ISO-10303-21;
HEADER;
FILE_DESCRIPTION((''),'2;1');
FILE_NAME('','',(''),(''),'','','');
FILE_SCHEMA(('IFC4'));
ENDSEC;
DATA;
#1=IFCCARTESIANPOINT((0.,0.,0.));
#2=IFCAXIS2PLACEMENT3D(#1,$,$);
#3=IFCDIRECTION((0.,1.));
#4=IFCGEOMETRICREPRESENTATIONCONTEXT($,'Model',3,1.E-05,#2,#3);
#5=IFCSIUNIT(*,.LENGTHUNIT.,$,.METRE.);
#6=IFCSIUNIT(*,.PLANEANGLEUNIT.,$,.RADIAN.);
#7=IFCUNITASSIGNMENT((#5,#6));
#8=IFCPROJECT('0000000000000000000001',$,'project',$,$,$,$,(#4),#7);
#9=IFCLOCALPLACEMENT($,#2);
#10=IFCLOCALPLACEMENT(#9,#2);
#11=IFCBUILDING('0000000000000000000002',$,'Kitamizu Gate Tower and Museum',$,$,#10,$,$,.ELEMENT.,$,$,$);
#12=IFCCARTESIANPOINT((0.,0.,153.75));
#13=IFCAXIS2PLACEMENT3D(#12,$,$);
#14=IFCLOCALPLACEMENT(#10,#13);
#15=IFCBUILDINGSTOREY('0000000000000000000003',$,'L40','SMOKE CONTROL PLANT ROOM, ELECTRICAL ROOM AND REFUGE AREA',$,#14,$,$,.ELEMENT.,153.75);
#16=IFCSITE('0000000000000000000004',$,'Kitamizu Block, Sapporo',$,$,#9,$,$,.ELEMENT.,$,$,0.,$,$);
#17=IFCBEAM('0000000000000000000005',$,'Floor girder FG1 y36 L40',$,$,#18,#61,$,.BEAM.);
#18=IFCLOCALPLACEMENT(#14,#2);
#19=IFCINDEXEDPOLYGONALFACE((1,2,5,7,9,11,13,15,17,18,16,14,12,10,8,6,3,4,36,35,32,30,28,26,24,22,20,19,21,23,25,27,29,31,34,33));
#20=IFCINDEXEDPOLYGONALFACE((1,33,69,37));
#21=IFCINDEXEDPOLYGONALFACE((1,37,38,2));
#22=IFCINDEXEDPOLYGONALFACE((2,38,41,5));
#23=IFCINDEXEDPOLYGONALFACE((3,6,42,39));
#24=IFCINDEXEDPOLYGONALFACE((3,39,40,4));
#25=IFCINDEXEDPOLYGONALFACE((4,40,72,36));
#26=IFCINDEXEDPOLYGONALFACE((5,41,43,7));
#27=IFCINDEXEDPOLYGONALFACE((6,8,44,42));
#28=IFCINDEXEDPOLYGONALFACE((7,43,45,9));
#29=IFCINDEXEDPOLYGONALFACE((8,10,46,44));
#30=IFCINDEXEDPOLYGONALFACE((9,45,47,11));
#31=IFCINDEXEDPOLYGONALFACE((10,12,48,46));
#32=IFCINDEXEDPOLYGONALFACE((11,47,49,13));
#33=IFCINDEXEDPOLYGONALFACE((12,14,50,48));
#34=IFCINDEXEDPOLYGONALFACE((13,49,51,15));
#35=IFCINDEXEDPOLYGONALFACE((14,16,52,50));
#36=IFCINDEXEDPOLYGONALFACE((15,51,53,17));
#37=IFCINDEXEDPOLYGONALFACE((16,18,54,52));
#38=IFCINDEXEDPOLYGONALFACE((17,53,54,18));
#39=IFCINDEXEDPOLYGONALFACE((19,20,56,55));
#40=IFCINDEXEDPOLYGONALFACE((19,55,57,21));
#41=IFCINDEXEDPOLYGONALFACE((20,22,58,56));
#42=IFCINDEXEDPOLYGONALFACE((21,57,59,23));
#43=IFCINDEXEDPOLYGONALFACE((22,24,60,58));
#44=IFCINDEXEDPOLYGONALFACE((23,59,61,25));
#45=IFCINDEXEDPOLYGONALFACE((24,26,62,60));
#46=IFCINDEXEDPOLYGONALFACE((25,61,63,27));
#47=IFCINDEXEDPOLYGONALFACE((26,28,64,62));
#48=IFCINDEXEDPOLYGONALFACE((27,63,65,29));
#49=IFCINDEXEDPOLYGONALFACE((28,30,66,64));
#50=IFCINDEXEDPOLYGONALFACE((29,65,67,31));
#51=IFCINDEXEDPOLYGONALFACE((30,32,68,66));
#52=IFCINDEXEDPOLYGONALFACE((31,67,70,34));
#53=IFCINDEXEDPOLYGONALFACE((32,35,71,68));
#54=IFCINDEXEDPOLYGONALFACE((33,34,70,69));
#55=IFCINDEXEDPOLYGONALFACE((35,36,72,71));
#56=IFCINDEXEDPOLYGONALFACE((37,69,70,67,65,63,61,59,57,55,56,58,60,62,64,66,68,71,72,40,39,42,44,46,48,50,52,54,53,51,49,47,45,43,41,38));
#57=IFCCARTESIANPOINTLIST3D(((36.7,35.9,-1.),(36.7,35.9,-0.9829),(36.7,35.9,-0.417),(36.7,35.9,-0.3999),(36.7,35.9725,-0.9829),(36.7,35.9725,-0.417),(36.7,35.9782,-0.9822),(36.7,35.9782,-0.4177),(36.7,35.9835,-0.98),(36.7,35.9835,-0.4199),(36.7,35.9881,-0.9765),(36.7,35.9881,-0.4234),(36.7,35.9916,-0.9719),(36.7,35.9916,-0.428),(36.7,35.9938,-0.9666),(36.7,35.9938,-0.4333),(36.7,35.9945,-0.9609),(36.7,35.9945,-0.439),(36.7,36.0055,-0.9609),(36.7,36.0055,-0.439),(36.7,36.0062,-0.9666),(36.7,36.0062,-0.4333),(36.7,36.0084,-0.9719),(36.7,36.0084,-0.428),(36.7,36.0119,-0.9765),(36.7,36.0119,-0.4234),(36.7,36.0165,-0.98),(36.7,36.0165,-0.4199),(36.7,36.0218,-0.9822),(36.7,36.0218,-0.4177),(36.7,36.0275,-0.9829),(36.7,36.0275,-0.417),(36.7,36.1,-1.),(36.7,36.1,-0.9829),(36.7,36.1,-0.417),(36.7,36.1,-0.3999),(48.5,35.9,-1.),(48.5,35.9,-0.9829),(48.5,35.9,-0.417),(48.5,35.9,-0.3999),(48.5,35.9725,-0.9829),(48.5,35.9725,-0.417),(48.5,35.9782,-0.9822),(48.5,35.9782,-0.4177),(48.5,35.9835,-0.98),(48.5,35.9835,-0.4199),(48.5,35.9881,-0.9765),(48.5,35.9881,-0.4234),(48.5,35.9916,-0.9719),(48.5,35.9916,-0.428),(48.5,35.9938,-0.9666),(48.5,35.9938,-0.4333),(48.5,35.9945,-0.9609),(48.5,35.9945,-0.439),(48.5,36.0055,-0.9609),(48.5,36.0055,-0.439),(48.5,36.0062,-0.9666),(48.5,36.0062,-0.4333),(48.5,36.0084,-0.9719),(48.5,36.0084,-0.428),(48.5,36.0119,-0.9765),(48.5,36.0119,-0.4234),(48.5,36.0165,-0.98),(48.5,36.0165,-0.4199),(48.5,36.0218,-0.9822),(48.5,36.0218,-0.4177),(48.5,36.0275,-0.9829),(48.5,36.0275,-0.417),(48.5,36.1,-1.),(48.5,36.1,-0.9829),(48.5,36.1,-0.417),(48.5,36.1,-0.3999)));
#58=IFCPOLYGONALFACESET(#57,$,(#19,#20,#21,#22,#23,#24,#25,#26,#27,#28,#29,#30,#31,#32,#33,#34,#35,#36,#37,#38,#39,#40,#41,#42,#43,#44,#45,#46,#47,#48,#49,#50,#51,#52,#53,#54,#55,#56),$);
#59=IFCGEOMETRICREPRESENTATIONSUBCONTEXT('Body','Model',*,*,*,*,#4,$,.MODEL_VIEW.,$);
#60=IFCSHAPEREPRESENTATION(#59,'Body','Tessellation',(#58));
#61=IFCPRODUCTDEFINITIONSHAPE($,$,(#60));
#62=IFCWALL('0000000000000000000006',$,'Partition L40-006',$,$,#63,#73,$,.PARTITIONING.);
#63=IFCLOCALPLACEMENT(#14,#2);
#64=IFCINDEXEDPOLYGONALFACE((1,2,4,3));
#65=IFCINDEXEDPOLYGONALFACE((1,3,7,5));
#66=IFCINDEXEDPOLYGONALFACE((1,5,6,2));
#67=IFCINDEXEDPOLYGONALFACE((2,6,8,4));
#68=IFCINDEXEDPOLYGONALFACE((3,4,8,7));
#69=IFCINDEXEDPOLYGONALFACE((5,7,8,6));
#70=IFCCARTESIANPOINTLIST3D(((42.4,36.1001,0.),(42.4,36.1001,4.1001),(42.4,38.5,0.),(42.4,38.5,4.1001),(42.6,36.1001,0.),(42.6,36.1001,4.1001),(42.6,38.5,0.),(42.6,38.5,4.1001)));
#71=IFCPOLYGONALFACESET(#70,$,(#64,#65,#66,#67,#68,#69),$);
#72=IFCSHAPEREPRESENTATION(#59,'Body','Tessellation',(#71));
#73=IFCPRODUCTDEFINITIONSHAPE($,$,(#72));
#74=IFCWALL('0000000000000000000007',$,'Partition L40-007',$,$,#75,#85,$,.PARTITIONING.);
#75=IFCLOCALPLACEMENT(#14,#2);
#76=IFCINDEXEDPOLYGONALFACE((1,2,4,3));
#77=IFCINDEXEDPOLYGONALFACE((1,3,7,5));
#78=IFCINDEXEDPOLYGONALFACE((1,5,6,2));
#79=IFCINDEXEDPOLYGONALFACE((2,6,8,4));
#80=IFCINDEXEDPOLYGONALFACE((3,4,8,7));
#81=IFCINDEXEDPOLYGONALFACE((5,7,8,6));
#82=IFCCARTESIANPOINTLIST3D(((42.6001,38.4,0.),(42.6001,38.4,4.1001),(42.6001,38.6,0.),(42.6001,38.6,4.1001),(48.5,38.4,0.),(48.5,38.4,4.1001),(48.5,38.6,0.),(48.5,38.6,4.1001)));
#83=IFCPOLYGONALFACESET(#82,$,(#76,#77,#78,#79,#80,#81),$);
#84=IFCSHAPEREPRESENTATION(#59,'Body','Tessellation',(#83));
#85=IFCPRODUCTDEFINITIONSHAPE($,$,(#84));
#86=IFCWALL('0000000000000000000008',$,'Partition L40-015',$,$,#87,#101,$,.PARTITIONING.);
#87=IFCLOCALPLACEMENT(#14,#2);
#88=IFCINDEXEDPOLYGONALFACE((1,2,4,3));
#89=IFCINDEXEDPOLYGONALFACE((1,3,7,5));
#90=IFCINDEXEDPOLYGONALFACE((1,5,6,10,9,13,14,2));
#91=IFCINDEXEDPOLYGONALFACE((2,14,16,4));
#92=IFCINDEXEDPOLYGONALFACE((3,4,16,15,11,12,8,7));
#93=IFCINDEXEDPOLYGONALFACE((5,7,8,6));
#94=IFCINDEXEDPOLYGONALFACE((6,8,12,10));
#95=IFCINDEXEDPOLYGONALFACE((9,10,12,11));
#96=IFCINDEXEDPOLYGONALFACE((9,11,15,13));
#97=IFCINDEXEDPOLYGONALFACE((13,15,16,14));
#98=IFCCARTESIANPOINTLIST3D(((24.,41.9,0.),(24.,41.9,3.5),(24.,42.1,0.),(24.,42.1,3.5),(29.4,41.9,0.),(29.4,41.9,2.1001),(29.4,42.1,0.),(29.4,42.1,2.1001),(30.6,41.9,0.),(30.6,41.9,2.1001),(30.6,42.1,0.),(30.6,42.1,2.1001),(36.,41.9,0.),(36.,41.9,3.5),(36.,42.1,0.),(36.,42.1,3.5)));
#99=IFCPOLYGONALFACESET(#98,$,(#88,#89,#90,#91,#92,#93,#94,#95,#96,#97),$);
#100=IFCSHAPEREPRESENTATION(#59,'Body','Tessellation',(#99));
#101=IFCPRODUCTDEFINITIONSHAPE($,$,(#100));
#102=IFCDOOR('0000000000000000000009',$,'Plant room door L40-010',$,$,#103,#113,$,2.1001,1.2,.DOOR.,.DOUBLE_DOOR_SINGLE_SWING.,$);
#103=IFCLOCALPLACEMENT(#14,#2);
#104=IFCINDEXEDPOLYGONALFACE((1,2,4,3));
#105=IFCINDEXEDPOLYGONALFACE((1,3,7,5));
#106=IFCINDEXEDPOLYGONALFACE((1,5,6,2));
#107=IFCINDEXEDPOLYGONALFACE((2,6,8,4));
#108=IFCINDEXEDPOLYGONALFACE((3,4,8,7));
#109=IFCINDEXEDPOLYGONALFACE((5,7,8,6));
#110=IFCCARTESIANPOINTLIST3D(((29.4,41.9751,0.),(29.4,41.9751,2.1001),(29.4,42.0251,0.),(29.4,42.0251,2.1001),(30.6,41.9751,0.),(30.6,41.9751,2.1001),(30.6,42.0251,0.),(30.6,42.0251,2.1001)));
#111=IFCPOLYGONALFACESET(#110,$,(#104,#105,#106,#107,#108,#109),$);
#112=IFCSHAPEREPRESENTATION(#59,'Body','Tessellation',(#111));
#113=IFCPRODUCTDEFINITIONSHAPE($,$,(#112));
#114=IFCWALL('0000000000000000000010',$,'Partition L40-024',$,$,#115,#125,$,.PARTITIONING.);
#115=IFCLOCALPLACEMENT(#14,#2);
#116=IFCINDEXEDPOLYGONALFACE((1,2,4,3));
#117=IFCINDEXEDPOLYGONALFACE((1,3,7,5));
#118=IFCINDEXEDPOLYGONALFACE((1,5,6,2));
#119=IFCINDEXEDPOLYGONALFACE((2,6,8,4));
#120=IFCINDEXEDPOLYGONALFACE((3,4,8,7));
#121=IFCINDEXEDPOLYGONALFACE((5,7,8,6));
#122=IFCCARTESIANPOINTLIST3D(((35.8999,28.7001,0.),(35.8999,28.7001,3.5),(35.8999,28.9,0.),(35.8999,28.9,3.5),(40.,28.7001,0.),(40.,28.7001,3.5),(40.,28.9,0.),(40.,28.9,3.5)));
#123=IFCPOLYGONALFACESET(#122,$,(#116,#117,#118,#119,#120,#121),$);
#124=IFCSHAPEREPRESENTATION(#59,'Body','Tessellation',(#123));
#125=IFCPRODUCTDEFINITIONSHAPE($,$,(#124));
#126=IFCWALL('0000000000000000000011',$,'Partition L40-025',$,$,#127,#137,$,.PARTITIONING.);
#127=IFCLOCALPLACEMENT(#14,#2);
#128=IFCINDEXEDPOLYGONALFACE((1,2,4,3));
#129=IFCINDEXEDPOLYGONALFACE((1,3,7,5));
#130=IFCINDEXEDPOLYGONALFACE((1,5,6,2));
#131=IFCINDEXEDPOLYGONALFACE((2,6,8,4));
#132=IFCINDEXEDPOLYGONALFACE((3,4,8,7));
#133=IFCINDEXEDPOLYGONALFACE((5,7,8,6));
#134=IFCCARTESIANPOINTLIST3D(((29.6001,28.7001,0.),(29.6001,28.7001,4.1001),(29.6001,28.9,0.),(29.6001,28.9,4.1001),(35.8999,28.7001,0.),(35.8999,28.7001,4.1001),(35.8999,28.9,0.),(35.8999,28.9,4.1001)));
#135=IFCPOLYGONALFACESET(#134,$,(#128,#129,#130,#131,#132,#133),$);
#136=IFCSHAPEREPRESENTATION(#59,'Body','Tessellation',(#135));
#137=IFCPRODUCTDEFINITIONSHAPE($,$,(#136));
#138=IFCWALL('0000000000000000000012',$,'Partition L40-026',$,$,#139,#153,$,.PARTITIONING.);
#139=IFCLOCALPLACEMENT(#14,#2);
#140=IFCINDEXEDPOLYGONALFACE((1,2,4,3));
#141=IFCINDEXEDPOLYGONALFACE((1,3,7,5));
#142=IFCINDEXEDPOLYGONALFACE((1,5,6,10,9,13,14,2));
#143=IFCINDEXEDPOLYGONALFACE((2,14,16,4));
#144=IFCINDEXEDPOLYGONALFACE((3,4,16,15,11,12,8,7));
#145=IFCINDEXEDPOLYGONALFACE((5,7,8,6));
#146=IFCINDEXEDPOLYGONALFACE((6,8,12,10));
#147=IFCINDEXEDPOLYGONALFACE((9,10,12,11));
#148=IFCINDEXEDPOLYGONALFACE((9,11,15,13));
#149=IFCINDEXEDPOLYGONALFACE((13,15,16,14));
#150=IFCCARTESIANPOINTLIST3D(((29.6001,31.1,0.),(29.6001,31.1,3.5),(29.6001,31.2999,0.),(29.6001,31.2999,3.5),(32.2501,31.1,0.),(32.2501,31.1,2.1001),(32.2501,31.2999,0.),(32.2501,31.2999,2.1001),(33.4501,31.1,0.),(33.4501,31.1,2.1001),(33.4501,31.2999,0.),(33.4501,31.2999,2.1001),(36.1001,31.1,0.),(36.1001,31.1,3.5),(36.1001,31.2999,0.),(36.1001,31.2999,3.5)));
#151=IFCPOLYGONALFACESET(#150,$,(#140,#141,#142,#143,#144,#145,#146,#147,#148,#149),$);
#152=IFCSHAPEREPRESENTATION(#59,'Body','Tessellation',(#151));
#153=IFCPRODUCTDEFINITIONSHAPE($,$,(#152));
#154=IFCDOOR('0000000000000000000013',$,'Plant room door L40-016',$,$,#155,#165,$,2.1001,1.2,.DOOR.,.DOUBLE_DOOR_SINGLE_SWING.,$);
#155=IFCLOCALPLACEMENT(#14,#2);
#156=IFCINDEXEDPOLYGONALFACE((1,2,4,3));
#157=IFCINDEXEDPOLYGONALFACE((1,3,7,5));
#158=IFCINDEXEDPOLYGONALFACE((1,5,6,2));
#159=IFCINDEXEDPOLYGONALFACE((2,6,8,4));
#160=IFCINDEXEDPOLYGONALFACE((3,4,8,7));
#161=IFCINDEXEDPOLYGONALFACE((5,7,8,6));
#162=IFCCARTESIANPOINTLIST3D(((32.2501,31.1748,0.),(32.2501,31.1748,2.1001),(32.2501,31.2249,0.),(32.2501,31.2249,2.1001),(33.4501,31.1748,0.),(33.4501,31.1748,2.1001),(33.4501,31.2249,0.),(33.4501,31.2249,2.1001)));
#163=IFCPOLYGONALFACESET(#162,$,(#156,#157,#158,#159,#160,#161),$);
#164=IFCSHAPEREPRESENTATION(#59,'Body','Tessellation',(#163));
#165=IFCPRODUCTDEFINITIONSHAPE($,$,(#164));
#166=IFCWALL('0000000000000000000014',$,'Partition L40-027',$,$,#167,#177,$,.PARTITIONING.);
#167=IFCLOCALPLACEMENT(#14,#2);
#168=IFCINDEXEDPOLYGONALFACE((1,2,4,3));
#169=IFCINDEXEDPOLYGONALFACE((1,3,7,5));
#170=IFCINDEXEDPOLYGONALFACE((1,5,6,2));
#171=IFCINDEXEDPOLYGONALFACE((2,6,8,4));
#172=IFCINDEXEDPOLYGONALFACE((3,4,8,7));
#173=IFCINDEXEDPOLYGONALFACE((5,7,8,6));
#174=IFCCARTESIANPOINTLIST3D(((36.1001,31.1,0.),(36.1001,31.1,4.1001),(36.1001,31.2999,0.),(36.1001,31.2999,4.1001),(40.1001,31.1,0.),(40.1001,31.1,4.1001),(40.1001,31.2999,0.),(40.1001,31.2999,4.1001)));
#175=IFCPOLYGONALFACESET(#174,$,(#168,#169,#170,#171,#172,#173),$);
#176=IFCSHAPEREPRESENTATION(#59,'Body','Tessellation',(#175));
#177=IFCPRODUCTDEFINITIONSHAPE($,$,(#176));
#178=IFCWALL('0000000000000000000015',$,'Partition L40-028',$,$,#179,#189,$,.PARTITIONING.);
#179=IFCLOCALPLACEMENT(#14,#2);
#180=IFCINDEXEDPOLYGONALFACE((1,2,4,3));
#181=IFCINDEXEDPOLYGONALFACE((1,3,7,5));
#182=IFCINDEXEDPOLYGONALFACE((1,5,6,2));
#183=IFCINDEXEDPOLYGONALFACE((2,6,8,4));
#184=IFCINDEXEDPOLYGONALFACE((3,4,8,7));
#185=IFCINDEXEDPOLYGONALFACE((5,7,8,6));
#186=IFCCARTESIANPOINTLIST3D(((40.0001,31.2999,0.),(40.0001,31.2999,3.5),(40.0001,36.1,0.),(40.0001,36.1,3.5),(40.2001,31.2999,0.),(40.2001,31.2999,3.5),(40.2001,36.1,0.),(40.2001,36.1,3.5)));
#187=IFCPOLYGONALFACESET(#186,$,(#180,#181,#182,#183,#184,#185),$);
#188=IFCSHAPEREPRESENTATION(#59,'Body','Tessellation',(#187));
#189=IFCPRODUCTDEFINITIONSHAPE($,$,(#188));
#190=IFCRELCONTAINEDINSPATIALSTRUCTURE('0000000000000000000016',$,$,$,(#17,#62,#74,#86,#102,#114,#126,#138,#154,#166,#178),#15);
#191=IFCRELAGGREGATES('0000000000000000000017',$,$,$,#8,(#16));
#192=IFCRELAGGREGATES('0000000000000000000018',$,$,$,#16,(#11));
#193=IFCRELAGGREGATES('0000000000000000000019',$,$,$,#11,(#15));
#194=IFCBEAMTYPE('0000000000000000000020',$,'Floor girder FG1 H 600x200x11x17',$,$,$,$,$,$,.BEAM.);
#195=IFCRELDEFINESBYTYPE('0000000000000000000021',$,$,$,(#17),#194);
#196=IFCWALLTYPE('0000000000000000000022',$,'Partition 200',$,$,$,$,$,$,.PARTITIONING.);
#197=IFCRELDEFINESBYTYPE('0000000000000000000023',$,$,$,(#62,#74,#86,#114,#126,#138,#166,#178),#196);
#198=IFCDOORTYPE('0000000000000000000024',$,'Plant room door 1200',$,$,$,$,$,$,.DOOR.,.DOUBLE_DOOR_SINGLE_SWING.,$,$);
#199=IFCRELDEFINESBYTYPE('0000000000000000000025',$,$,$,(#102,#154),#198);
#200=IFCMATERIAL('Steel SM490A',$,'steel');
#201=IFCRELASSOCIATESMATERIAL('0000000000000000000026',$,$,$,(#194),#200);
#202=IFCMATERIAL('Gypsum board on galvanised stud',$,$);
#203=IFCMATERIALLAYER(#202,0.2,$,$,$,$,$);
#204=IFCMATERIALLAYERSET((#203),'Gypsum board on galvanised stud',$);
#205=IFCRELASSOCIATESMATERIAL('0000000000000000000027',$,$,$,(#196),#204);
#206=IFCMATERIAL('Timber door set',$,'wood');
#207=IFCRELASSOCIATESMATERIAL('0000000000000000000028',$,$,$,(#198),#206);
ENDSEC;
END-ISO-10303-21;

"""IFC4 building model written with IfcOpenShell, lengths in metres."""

from ifc_helpers import new_model, si_unit, direction, frame, frame_2d, origin, origin_2d, place, context, subcontext, project, spatial, rectangle, i_section, extrude, material, layer, layer_set, material_profile, profile_set, type_object, element, fill, save


model = new_model("IFC4")

# Units and contexts
model_context = context("Model", 3, precision=1e-05, world=origin(), true_north=direction((0.0, 1.0)))
body_context = subcontext(model_context, "Body", "Model", "MODEL_VIEW")
ifc_project = project(units=[si_unit("LENGTHUNIT", "METRE"), si_unit("PLANEANGLEUNIT", "RADIAN")], contexts=[model_context])

# Site, building, storey
site_placement = place(None, origin())
site = spatial("IfcSite", under=ifc_project, at=site_placement, Name="Kitamizu Block, Sapporo", CompositionType="ELEMENT", RefElevation=0.0)
building_placement = place(site_placement, origin())
building = spatial("IfcBuilding", under=site, at=building_placement, Name="Kitamizu Gate Tower and Museum", CompositionType="ELEMENT")
storey_placement = place(building_placement, frame((0.0, 0.0, 153.75)))
storey = spatial("IfcBuildingStorey", under=building, at=storey_placement, Name="L40", Description="SMOKE CONTROL PLANT ROOM, ELECTRICAL ROOM AND REFUGE AREA", CompositionType="ELEMENT", Elevation=153.75)

# Beam
ifc_material_1 = material(Name="Steel SM490A", Category="steel")
ifc_material_profile_1 = material_profile(ifc_material_1, i_section(OverallWidth=0.2, OverallDepth=0.6001, WebThickness=0.011, FlangeThickness=0.0171, FilletRadius=0.022, at=origin_2d()), Name="H-600x200x11x17")
ifc_profile_set_1 = profile_set([ifc_material_profile_1], Name="Steel SM490A")
beam_type_1 = type_object("IfcBeamType", Name="Floor girder FG1 H 600x200x11x17", PredefinedType="BEAM", material=ifc_profile_set_1)
beam_1_placement = place(storey_placement, frame((36.7, 36.0, -0.7), z_axis=(1.0, 0.0, 0.0), x_axis=(0.0, 1.0, 0.0)))
element("IfcBeam", 1, at=beam_1_placement, inside=storey, type_object=beam_type_1, Name="Floor girder FG1 y36 L40", PredefinedType="BEAM", context=body_context, shape_type="SweptSolid", body=[
    extrude(i_section(OverallWidth=0.2, OverallDepth=0.6001, WebThickness=0.011, FlangeThickness=0.0171, FilletRadius=0.022, at=origin_2d()), origin(), (0.0, 0.0, 1.0), 11.8),
])

# Walls
ifc_material_2 = material(Name="Gypsum board on galvanised stud")
ifc_layer = layer(ifc_material_2, 0.2)
ifc_layer_set = layer_set([ifc_layer], Name="Gypsum board on galvanised stud")
wall_type = type_object("IfcWallType", Name="Partition 200", PredefinedType="PARTITIONING", material=ifc_layer_set)
wall_1_placement = place(storey_placement, frame((42.5, 36.1001, 0.0), z_axis=(0.0, 0.0, 1.0), x_axis=(0.0, 1.0, 0.0)))
element("IfcWall", 2, at=wall_1_placement, inside=storey, type_object=wall_type, Name="Partition L40-006", PredefinedType="PARTITIONING", context=body_context, shape_type="SweptSolid", body=[
    extrude(rectangle(XDim=2.3999, YDim=0.2, at=frame_2d((1.2, 0.0))), origin(), (0.0, 0.0, 1.0), 4.1001),
])
wall_2_placement = place(storey_placement, frame((42.6001, 38.5, 0.0), z_axis=(0.0, 0.0, 1.0), x_axis=(1.0, 0.0, 0.0)))
element("IfcWall", 3, at=wall_2_placement, inside=storey, type_object=wall_type, Name="Partition L40-007", PredefinedType="PARTITIONING", context=body_context, shape_type="SweptSolid", body=[
    extrude(rectangle(XDim=5.8999, YDim=0.2, at=frame_2d((2.95, 0.0))), origin(), (0.0, 0.0, 1.0), 4.1001),
])

# Wall, opening, door
wall_3_placement = place(storey_placement, frame((36.0, 42.0, 0.0), z_axis=(0.0, 0.0, 1.0), x_axis=(-1.0, 0.0, 0.0)))
wall_3 = element("IfcWall", 4, at=wall_3_placement, inside=storey, type_object=wall_type, Name="Partition L40-015", PredefinedType="PARTITIONING", context=body_context, shape_type="SweptSolid", body=[
    extrude(rectangle(XDim=12.0, YDim=0.2, at=frame_2d((6.0, 0.0))), origin(), (0.0, 0.0, 1.0), 3.5),
])
opening_1_placement = place(wall_3_placement, frame((5.3999, 0.0, 0.0)))
opening_1 = element("IfcOpeningElement", 5, at=opening_1_placement, cuts=wall_3, PredefinedType="OPENING", context=body_context, shape_type="SweptSolid", body=[
    extrude(rectangle(XDim=1.2, YDim=2.1001, at=frame_2d((0.6001, 1.05))), frame((0.0, 0.1099, 0.0), z_axis=(0.0, -1.0, 0.0), x_axis=(1.0, 0.0, 0.0)), (0.0, 0.0, 1.0), 0.22),
])
ifc_material_3 = material(Name="Timber door set", Category="wood")
door_type = type_object("IfcDoorType", Name="Plant room door 1200", OperationType="DOUBLE_DOOR_SINGLE_SWING", PredefinedType="DOOR", material=ifc_material_3)
door_1_placement = place(opening_1_placement, origin())
door_1 = element("IfcDoor", 6, at=door_1_placement, inside=storey, type_object=door_type, Name="Plant room door L40-010", OperationType="DOUBLE_DOOR_SINGLE_SWING", OverallHeight=2.1001, OverallWidth=1.2, PredefinedType="DOOR", context=body_context, shape_type="SweptSolid", body=[
    extrude(rectangle(XDim=1.2, YDim=2.1001, at=frame_2d((0.6001, 1.05))), frame((0.0, 0.0249, 0.0), z_axis=(0.0, -1.0, 0.0), x_axis=(1.0, 0.0, 0.0)), (0.0, 0.0, 1.0), 0.05),
])
fill(opening_1, door_1)

# Walls
wall_4_placement = place(storey_placement, frame((40.0, 28.8, 0.0), z_axis=(0.0, 0.0, 1.0), x_axis=(-1.0, 0.0, 0.0)))
element("IfcWall", 7, at=wall_4_placement, inside=storey, type_object=wall_type, Name="Partition L40-024", PredefinedType="PARTITIONING", context=body_context, shape_type="SweptSolid", body=[
    extrude(rectangle(XDim=4.1001, YDim=0.2, at=frame_2d((2.05, 0.0))), origin(), (0.0, 0.0, 1.0), 3.5),
])
wall_5_placement = place(storey_placement, frame((35.8999, 28.8, 0.0), z_axis=(0.0, 0.0, 1.0), x_axis=(-1.0, 0.0, 0.0)))
element("IfcWall", 8, at=wall_5_placement, inside=storey, type_object=wall_type, Name="Partition L40-025", PredefinedType="PARTITIONING", context=body_context, shape_type="SweptSolid", body=[
    extrude(rectangle(XDim=6.2998, YDim=0.2, at=frame_2d((3.1499, 0.0))), origin(), (0.0, 0.0, 1.0), 4.1001),
])

# Wall, opening, door
wall_6_placement = place(storey_placement, frame((29.6001, 31.2, 0.0), z_axis=(0.0, 0.0, 1.0), x_axis=(1.0, 0.0, 0.0)))
wall_6 = element("IfcWall", 9, at=wall_6_placement, inside=storey, type_object=wall_type, Name="Partition L40-026", PredefinedType="PARTITIONING", context=body_context, shape_type="SweptSolid", body=[
    extrude(rectangle(XDim=6.5, YDim=0.2, at=frame_2d((3.25, 0.0))), origin(), (0.0, 0.0, 1.0), 3.5),
])
opening_2_placement = place(wall_6_placement, frame((2.6499, 0.0, 0.0)))
opening_2 = element("IfcOpeningElement", 10, at=opening_2_placement, cuts=wall_6, PredefinedType="OPENING", context=body_context, shape_type="SweptSolid", body=[
    extrude(rectangle(XDim=1.2, YDim=2.1001, at=frame_2d((0.6001, 1.05))), frame((0.0, 0.1099, 0.0), z_axis=(0.0, -1.0, 0.0), x_axis=(1.0, 0.0, 0.0)), (0.0, 0.0, 1.0), 0.22),
])
door_2_placement = place(opening_2_placement, origin())
door_2 = element("IfcDoor", 11, at=door_2_placement, inside=storey, type_object=door_type, Name="Plant room door L40-016", OperationType="DOUBLE_DOOR_SINGLE_SWING", OverallHeight=2.1001, OverallWidth=1.2, PredefinedType="DOOR", context=body_context, shape_type="SweptSolid", body=[
    extrude(rectangle(XDim=1.2, YDim=2.1001, at=frame_2d((0.6001, 1.05))), frame((0.0, 0.0249, 0.0), z_axis=(0.0, -1.0, 0.0), x_axis=(1.0, 0.0, 0.0)), (0.0, 0.0, 1.0), 0.05),
])
fill(opening_2, door_2)

# Walls
wall_7_placement = place(storey_placement, frame((36.1001, 31.2, 0.0), z_axis=(0.0, 0.0, 1.0), x_axis=(1.0, 0.0, 0.0)))
element("IfcWall", 12, at=wall_7_placement, inside=storey, type_object=wall_type, Name="Partition L40-027", PredefinedType="PARTITIONING", context=body_context, shape_type="SweptSolid", body=[
    extrude(rectangle(XDim=4.0, YDim=0.2, at=frame_2d((2.0, 0.0))), origin(), (0.0, 0.0, 1.0), 4.1001),
])
wall_8_placement = place(storey_placement, frame((40.1001, 31.3, 0.0), z_axis=(0.0, 0.0, 1.0), x_axis=(0.0, 1.0, 0.0)))
element("IfcWall", 13, at=wall_8_placement, inside=storey, type_object=wall_type, Name="Partition L40-028", PredefinedType="PARTITIONING", context=body_context, shape_type="SweptSolid", body=[
    extrude(rectangle(XDim=4.8, YDim=0.2, at=frame_2d((2.3999, 0.0))), origin(), (0.0, 0.0, 1.0), 3.5),
])

save(model, "model.ifc")
